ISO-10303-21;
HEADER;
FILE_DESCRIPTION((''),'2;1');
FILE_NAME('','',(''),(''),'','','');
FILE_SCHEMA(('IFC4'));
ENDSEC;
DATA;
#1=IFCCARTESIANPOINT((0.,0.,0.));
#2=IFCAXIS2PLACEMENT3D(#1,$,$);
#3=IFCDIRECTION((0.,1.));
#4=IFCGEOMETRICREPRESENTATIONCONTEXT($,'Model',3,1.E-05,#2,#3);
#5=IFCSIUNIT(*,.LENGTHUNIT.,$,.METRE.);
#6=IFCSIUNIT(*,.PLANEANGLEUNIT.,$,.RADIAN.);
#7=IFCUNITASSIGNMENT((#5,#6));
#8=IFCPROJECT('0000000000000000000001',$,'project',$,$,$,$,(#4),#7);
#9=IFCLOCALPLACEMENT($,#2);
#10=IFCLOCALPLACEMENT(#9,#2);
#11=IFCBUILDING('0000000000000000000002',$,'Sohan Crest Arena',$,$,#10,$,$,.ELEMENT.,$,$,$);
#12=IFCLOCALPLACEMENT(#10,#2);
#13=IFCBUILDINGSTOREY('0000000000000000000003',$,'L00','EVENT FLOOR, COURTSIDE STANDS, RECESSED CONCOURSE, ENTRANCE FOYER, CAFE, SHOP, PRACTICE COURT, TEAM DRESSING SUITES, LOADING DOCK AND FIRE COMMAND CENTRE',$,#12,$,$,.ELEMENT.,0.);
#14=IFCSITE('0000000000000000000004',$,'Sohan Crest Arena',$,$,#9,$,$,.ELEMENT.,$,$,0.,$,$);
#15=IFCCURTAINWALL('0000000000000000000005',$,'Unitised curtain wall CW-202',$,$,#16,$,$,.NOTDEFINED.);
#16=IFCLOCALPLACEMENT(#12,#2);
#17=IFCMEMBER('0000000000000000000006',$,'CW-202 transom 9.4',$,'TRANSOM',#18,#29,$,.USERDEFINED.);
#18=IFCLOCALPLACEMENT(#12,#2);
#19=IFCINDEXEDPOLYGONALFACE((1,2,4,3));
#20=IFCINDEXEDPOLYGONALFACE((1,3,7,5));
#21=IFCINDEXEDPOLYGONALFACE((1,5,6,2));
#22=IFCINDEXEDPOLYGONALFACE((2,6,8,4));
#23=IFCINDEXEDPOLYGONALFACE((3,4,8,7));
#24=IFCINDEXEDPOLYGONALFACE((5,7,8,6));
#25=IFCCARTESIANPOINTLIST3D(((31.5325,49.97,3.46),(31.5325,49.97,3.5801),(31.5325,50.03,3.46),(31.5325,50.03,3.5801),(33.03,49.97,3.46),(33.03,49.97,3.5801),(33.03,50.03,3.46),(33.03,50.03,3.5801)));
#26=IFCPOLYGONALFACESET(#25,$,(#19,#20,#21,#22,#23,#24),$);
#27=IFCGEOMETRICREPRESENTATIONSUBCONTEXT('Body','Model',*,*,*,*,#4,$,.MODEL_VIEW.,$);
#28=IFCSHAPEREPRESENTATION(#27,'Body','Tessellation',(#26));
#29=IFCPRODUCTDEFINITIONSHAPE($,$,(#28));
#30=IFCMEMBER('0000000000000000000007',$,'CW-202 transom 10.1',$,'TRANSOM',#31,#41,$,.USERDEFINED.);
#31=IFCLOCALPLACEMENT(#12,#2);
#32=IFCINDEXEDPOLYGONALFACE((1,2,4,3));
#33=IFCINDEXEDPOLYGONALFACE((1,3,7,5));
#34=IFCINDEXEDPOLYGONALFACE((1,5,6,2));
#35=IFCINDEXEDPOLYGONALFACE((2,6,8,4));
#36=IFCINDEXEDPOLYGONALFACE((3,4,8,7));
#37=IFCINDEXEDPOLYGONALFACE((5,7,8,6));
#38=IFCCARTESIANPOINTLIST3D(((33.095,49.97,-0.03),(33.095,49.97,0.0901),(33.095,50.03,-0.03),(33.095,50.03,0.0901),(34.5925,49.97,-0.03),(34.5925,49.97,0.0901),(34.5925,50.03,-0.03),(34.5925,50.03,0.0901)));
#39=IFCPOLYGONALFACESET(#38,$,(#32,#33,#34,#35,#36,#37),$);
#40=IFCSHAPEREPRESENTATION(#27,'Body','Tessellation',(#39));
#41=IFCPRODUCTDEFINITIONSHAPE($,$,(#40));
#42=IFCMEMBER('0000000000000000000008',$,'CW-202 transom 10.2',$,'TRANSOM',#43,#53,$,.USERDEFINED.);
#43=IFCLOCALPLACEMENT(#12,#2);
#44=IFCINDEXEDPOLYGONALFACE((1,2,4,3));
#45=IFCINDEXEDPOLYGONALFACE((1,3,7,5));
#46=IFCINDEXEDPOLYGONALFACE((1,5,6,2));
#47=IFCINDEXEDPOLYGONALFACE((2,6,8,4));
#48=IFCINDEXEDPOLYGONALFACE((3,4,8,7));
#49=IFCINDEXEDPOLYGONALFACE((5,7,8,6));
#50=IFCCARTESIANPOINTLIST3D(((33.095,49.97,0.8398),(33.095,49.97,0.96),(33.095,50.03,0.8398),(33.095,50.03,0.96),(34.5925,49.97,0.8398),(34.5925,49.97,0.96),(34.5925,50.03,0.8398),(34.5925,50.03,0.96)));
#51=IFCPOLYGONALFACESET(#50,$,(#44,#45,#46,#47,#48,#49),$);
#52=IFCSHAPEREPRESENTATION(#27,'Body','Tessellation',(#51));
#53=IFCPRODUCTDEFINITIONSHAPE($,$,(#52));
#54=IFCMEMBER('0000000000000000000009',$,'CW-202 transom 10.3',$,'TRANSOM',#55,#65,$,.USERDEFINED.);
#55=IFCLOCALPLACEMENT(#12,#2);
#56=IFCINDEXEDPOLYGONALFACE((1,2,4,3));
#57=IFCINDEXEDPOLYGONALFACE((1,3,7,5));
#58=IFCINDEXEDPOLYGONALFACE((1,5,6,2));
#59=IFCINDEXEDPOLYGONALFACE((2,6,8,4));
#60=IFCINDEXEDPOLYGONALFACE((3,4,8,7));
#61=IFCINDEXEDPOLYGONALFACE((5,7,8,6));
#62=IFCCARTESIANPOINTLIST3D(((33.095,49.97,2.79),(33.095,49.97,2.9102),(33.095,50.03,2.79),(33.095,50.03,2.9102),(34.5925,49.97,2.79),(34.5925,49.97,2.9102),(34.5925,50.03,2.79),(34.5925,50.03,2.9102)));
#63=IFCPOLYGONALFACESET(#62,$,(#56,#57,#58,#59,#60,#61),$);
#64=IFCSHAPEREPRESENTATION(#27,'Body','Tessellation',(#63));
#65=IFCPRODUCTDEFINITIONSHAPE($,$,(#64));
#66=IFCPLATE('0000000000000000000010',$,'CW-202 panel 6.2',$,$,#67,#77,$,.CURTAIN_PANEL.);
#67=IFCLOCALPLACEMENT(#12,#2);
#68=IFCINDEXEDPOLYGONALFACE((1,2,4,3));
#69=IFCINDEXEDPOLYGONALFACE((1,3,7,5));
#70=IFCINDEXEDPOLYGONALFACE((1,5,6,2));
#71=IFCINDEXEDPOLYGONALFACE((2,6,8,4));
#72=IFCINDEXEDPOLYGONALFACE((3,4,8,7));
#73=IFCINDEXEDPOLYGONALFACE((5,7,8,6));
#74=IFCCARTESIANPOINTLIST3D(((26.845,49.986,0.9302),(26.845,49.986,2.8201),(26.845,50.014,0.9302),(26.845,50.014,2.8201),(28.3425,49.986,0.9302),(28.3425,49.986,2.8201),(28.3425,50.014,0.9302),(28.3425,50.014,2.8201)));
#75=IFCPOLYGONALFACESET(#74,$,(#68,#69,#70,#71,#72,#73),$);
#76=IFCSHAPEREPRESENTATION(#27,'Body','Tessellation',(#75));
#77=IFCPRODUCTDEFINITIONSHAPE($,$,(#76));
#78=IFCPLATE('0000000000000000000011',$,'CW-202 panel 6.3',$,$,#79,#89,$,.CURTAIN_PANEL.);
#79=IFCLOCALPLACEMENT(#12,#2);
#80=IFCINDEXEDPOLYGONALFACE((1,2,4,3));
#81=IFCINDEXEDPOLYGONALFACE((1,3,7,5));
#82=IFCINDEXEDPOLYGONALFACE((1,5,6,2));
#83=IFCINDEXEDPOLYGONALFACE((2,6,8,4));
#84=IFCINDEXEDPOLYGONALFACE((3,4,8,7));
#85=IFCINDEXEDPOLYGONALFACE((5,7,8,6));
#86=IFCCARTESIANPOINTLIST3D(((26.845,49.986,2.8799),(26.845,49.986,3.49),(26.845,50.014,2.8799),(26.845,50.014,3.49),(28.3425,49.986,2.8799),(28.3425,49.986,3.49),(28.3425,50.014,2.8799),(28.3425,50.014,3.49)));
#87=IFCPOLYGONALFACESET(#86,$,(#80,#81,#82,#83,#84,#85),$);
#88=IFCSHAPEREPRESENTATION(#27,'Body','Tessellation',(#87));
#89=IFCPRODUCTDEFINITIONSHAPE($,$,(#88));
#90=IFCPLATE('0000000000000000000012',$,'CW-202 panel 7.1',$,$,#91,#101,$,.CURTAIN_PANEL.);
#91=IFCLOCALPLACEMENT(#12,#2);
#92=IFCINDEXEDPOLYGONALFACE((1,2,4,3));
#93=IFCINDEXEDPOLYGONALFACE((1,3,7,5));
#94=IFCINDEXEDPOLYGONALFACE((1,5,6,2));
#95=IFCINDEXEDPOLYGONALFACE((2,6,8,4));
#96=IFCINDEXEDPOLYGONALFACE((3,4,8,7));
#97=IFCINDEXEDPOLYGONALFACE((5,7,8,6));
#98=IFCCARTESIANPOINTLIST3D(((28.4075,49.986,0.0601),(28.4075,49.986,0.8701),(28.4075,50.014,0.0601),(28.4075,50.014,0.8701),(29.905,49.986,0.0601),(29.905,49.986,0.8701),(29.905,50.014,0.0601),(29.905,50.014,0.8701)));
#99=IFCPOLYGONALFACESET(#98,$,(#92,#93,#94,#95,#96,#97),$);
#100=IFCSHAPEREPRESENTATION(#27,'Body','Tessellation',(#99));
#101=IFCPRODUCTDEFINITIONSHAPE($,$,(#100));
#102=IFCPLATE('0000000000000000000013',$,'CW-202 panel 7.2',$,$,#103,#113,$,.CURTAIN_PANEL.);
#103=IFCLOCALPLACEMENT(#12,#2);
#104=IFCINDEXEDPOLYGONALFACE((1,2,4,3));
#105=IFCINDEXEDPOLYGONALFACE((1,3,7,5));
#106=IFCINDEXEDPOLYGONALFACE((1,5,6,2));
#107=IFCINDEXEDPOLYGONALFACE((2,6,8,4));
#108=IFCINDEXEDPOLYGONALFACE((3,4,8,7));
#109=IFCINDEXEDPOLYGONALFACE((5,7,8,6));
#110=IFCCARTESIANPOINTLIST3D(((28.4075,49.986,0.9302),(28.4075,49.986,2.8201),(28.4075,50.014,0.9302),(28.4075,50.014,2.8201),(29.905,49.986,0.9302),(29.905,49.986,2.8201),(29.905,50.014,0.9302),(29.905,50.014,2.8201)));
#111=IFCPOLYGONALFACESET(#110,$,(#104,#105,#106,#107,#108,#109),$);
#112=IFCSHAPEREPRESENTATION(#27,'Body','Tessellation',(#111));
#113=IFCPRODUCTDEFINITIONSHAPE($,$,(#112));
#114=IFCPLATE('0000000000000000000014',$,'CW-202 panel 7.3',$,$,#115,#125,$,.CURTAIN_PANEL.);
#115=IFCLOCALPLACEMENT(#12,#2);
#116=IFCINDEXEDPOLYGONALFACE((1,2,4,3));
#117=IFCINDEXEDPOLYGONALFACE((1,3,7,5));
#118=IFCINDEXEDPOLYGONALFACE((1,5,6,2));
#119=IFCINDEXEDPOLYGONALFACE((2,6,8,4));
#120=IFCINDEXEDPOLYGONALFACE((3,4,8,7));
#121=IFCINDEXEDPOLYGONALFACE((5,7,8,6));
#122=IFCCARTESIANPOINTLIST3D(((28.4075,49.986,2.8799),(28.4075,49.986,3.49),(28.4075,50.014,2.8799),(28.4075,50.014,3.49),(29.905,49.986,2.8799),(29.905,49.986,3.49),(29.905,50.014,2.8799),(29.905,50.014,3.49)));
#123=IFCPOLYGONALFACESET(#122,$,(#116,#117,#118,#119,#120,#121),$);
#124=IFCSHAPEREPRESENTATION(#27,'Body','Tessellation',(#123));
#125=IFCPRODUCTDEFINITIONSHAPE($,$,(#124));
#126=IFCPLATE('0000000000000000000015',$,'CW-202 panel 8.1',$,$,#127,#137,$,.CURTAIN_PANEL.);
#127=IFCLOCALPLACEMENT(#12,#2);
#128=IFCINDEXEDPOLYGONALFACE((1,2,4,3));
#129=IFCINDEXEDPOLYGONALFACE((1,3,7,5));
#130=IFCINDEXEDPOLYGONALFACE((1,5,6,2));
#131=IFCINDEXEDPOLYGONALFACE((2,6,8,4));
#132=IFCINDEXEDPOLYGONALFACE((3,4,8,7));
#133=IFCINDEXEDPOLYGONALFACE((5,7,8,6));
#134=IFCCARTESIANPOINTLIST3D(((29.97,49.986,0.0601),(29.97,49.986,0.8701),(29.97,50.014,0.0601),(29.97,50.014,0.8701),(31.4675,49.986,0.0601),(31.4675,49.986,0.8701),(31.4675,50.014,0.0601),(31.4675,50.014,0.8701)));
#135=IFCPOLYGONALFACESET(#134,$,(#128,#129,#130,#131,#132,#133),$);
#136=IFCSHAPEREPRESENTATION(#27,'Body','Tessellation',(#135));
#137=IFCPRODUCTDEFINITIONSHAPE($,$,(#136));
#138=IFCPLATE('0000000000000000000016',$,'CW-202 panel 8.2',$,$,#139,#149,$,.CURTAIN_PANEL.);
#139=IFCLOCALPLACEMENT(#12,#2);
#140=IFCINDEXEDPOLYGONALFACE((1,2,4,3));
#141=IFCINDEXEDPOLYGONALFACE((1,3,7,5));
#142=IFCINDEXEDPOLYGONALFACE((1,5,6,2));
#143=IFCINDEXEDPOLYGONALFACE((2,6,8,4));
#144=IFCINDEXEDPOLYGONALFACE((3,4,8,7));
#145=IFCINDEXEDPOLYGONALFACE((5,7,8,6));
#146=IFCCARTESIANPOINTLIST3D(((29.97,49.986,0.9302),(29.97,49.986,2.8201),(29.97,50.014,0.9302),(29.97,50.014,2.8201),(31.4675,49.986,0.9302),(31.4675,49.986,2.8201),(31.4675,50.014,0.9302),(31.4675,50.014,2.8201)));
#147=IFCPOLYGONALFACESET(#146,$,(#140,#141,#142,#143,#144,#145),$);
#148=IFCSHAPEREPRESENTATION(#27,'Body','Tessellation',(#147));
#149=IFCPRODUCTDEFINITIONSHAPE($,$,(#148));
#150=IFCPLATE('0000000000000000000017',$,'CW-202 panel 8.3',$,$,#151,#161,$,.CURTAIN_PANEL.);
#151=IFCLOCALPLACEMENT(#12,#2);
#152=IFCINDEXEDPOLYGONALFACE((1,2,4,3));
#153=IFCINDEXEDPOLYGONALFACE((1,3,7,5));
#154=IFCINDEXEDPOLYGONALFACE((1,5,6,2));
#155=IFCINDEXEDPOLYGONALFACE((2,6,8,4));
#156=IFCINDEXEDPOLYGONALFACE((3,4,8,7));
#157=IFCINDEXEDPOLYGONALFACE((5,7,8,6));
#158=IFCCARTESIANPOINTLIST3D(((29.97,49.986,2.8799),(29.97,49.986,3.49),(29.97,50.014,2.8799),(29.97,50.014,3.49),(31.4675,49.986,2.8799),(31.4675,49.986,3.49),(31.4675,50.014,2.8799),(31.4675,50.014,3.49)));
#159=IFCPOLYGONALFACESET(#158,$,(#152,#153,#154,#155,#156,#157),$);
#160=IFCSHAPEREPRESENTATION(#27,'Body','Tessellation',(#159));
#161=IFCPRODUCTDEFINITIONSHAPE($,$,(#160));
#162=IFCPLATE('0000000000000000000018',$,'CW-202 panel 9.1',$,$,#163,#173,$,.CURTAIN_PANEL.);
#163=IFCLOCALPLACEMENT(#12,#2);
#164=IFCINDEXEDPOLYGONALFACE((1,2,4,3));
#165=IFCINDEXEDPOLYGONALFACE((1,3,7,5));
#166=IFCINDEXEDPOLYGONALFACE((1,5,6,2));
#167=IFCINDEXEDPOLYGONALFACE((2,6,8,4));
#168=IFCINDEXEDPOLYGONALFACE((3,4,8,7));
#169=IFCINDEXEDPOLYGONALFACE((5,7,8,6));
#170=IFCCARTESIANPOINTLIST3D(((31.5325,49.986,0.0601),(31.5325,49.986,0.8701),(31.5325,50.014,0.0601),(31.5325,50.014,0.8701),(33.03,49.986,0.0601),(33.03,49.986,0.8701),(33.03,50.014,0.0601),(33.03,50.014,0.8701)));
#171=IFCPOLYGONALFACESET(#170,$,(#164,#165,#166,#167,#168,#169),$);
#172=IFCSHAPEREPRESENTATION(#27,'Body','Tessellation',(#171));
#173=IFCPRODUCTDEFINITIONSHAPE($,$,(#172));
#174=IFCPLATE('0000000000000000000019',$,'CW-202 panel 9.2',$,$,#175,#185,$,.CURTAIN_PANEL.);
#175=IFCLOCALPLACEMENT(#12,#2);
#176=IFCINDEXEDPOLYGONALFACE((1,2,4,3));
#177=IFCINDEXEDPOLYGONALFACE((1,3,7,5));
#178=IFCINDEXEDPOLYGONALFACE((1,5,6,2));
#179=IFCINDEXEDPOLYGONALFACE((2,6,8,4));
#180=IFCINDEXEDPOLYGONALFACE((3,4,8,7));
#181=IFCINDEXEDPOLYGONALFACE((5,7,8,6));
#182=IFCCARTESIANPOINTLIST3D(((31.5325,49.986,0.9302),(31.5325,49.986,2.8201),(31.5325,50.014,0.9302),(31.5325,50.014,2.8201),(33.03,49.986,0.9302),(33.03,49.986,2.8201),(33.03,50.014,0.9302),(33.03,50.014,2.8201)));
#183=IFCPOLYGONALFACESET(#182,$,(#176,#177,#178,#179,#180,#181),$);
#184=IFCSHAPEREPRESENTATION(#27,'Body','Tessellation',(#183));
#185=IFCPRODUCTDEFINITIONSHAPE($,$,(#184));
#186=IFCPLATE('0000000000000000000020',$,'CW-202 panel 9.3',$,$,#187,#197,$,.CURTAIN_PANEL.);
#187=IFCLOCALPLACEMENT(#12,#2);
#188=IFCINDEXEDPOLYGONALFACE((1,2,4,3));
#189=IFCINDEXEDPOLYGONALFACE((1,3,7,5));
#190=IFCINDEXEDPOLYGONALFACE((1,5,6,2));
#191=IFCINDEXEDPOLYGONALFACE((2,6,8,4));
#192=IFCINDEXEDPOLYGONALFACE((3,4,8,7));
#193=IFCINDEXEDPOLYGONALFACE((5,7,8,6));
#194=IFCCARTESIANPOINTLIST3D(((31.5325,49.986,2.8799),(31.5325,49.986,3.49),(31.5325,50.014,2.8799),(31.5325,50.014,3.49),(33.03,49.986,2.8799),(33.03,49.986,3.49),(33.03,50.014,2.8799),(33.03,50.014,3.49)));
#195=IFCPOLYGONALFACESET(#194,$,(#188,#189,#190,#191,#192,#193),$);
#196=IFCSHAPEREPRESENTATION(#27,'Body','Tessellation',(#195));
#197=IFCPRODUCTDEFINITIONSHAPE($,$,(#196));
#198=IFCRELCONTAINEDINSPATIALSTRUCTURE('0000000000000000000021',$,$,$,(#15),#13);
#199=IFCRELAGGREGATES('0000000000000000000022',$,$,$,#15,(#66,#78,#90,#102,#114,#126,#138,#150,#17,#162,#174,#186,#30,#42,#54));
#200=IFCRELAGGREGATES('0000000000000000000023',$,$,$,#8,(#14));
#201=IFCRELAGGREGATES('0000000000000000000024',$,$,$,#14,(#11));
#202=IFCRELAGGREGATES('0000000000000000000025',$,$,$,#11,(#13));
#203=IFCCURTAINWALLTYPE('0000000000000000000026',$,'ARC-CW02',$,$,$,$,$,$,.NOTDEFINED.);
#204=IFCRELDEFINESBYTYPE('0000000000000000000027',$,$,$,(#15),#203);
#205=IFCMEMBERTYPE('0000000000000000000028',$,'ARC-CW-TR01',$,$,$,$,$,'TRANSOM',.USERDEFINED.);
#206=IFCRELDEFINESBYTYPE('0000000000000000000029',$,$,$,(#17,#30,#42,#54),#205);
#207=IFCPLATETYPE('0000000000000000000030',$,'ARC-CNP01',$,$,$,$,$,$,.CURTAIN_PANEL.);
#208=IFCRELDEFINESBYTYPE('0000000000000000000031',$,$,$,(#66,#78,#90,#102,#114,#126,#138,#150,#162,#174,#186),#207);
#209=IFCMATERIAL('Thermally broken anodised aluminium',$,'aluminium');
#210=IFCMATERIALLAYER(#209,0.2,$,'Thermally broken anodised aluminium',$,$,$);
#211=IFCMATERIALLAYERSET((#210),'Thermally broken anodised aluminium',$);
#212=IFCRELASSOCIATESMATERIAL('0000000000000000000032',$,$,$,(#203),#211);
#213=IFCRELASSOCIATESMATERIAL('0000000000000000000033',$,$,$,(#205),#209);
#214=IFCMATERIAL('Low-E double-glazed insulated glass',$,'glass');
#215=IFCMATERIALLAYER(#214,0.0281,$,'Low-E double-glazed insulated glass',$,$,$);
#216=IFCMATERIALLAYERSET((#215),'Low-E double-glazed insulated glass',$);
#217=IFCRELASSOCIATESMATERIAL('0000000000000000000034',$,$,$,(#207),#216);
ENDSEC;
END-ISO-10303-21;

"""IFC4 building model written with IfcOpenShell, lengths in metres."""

from ifc_helpers import new_model, si_unit, direction, frame, origin, origin_2d, place, context, subcontext, project, spatial, rectangle, extrude, material, layer, layer_set, material_profile, profile_set, type_object, element, aggregate, save


model = new_model("IFC4")

# Units and contexts
model_context = context("Model", 3, precision=1e-05, world=origin(), true_north=direction((0.0, 1.0)))
body_context = subcontext(model_context, "Body", "Model", "MODEL_VIEW")
ifc_project = project(units=[si_unit("LENGTHUNIT", "METRE"), si_unit("PLANEANGLEUNIT", "RADIAN")], contexts=[model_context])

# Site, building, storey
site_placement = place(None, origin())
site = spatial("IfcSite", under=ifc_project, at=site_placement, Name="Sohan Crest Arena", CompositionType="ELEMENT", RefElevation=0.0)
building_placement = place(site_placement, origin())
building = spatial("IfcBuilding", under=site, at=building_placement, Name="Sohan Crest Arena", CompositionType="ELEMENT")
storey_placement = place(building_placement, origin())
storey = spatial("IfcBuildingStorey", under=building, at=storey_placement, Name="L00", Description="EVENT FLOOR, COURTSIDE STANDS, RECESSED CONCOURSE, ENTRANCE FOYER, CAFE, SHOP, PRACTICE COURT, TEAM DRESSING SUITES, LOADING DOCK AND FIRE COMMAND CENTRE", CompositionType="ELEMENT", Elevation=0.0)

# Curtain wall, members, plates
ifc_material_1 = material(Name="Thermally broken anodised aluminium", Category="aluminium")
ifc_layer_1 = layer(ifc_material_1, 0.2, Name="Thermally broken anodised aluminium")
ifc_layer_set_1 = layer_set([ifc_layer_1], Name="Thermally broken anodised aluminium")
curtain_wall_type = type_object("IfcCurtainWallType", Name="ARC-CW02", PredefinedType="NOTDEFINED", material=ifc_layer_set_1)
curtain_wall_placement = place(storey_placement, origin())
curtain_wall = element("IfcCurtainWall", 1, at=curtain_wall_placement, inside=storey, type_object=curtain_wall_type, Name="Unitised curtain wall CW-202", PredefinedType="NOTDEFINED")
ifc_material_profile_1 = material_profile(ifc_material_1, rectangle(XDim=0.0601, YDim=0.1201, at=origin_2d()), Name="ALU-TRAN 60x120")
ifc_profile_set_1 = profile_set([ifc_material_profile_1], Name="Thermally broken anodised aluminium")
member_type_1 = type_object("IfcMemberType", Name="ARC-CW-TR01", ElementType="TRANSOM", PredefinedType="USERDEFINED", material=ifc_profile_set_1)
member_1_placement = place(storey_placement, frame((31.5325, 50.0, 3.52), z_axis=(1.0, 0.0, 0.0), x_axis=(0.0, 1.0, 0.0)))
member_1 = element("IfcMember", 2, at=member_1_placement, type_object=member_type_1, Name="CW-202 transom 9.4", ObjectType="TRANSOM", PredefinedType="USERDEFINED", context=body_context, shape_type="SweptSolid", body=[
    extrude(rectangle(XDim=0.0601, YDim=0.1201, at=origin_2d()), origin(), (0.0, 0.0, 1.0), 1.4976),
])
member_2_placement = place(storey_placement, frame((33.095, 50.0, 0.03), z_axis=(1.0, 0.0, 0.0), x_axis=(0.0, 1.0, 0.0)))
member_2 = element("IfcMember", 3, at=member_2_placement, type_object=member_type_1, Name="CW-202 transom 10.1", ObjectType="TRANSOM", PredefinedType="USERDEFINED", context=body_context, shape_type="SweptSolid", body=[
    extrude(rectangle(XDim=0.0601, YDim=0.1201, at=origin_2d()), origin(), (0.0, 0.0, 1.0), 1.4976),
])
member_3_placement = place(storey_placement, frame((33.095, 50.0, 0.8999), z_axis=(1.0, 0.0, 0.0), x_axis=(0.0, 1.0, 0.0)))
member_3 = element("IfcMember", 4, at=member_3_placement, type_object=member_type_1, Name="CW-202 transom 10.2", ObjectType="TRANSOM", PredefinedType="USERDEFINED", context=body_context, shape_type="SweptSolid", body=[
    extrude(rectangle(XDim=0.0601, YDim=0.1201, at=origin_2d()), origin(), (0.0, 0.0, 1.0), 1.4976),
])
member_4_placement = place(storey_placement, frame((33.095, 50.0, 2.8501), z_axis=(1.0, 0.0, 0.0), x_axis=(0.0, 1.0, 0.0)))
member_4 = element("IfcMember", 5, at=member_4_placement, type_object=member_type_1, Name="CW-202 transom 10.3", ObjectType="TRANSOM", PredefinedType="USERDEFINED", context=body_context, shape_type="SweptSolid", body=[
    extrude(rectangle(XDim=0.0601, YDim=0.1201, at=origin_2d()), origin(), (0.0, 0.0, 1.0), 1.4976),
])
ifc_material_2 = material(Name="Low-E double-glazed insulated glass", Category="glass")
ifc_layer_2 = layer(ifc_material_2, 0.0281, Name="Low-E double-glazed insulated glass")
ifc_layer_set_2 = layer_set([ifc_layer_2], Name="Low-E double-glazed insulated glass")
plate_type = type_object("IfcPlateType", Name="ARC-CNP01", PredefinedType="CURTAIN_PANEL", material=ifc_layer_set_2)
plate_1_placement = place(storey_placement, frame((27.5938, 50.0, 0.9302), z_axis=(0.0, 0.0, 1.0), x_axis=(1.0, 0.0, 0.0)))
plate_1 = element("IfcPlate", 6, at=plate_1_placement, type_object=plate_type, Name="CW-202 panel 6.2", PredefinedType="CURTAIN_PANEL", context=body_context, shape_type="SweptSolid", body=[
    extrude(rectangle(XDim=1.4976, YDim=0.0281, at=origin_2d()), origin(), (0.0, 0.0, 1.0), 1.8899),
])
plate_2_placement = place(storey_placement, frame((27.5938, 50.0, 2.8799), z_axis=(0.0, 0.0, 1.0), x_axis=(1.0, 0.0, 0.0)))
plate_2 = element("IfcPlate", 7, at=plate_2_placement, type_object=plate_type, Name="CW-202 panel 6.3", PredefinedType="CURTAIN_PANEL", context=body_context, shape_type="SweptSolid", body=[
    extrude(rectangle(XDim=1.4976, YDim=0.0281, at=origin_2d()), origin(), (0.0, 0.0, 1.0), 0.6101),
])
plate_3_placement = place(storey_placement, frame((29.1562, 50.0, 0.0601), z_axis=(0.0, 0.0, 1.0), x_axis=(1.0, 0.0, 0.0)))
plate_3 = element("IfcPlate", 8, at=plate_3_placement, type_object=plate_type, Name="CW-202 panel 7.1", PredefinedType="CURTAIN_PANEL", context=body_context, shape_type="SweptSolid", body=[
    extrude(rectangle(XDim=1.4976, YDim=0.0281, at=origin_2d()), origin(), (0.0, 0.0, 1.0), 0.8101),
])
plate_4_placement = place(storey_placement, frame((29.1562, 50.0, 0.9302), z_axis=(0.0, 0.0, 1.0), x_axis=(1.0, 0.0, 0.0)))
plate_4 = element("IfcPlate", 9, at=plate_4_placement, type_object=plate_type, Name="CW-202 panel 7.2", PredefinedType="CURTAIN_PANEL", context=body_context, shape_type="SweptSolid", body=[
    extrude(rectangle(XDim=1.4976, YDim=0.0281, at=origin_2d()), origin(), (0.0, 0.0, 1.0), 1.8899),
])
plate_5_placement = place(storey_placement, frame((29.1562, 50.0, 2.8799), z_axis=(0.0, 0.0, 1.0), x_axis=(1.0, 0.0, 0.0)))
plate_5 = element("IfcPlate", 10, at=plate_5_placement, type_object=plate_type, Name="CW-202 panel 7.3", PredefinedType="CURTAIN_PANEL", context=body_context, shape_type="SweptSolid", body=[
    extrude(rectangle(XDim=1.4976, YDim=0.0281, at=origin_2d()), origin(), (0.0, 0.0, 1.0), 0.6101),
])
plate_6_placement = place(storey_placement, frame((30.7188, 50.0, 0.0601), z_axis=(0.0, 0.0, 1.0), x_axis=(1.0, 0.0, 0.0)))
plate_6 = element("IfcPlate", 11, at=plate_6_placement, type_object=plate_type, Name="CW-202 panel 8.1", PredefinedType="CURTAIN_PANEL", context=body_context, shape_type="SweptSolid", body=[
    extrude(rectangle(XDim=1.4976, YDim=0.0281, at=origin_2d()), origin(), (0.0, 0.0, 1.0), 0.8101),
])
plate_7_placement = place(storey_placement, frame((30.7188, 50.0, 0.9302), z_axis=(0.0, 0.0, 1.0), x_axis=(1.0, 0.0, 0.0)))
plate_7 = element("IfcPlate", 12, at=plate_7_placement, type_object=plate_type, Name="CW-202 panel 8.2", PredefinedType="CURTAIN_PANEL", context=body_context, shape_type="SweptSolid", body=[
    extrude(rectangle(XDim=1.4976, YDim=0.0281, at=origin_2d()), origin(), (0.0, 0.0, 1.0), 1.8899),
])
plate_8_placement = place(storey_placement, frame((30.7188, 50.0, 2.8799), z_axis=(0.0, 0.0, 1.0), x_axis=(1.0, 0.0, 0.0)))
plate_8 = element("IfcPlate", 13, at=plate_8_placement, type_object=plate_type, Name="CW-202 panel 8.3", PredefinedType="CURTAIN_PANEL", context=body_context, shape_type="SweptSolid", body=[
    extrude(rectangle(XDim=1.4976, YDim=0.0281, at=origin_2d()), origin(), (0.0, 0.0, 1.0), 0.6101),
])
plate_9_placement = place(storey_placement, frame((32.2812, 50.0, 0.0601), z_axis=(0.0, 0.0, 1.0), x_axis=(1.0, 0.0, 0.0)))
plate_9 = element("IfcPlate", 14, at=plate_9_placement, type_object=plate_type, Name="CW-202 panel 9.1", PredefinedType="CURTAIN_PANEL", context=body_context, shape_type="SweptSolid", body=[
    extrude(rectangle(XDim=1.4976, YDim=0.0281, at=origin_2d()), origin(), (0.0, 0.0, 1.0), 0.8101),
])
plate_10_placement = place(storey_placement, frame((32.2812, 50.0, 0.9302), z_axis=(0.0, 0.0, 1.0), x_axis=(1.0, 0.0, 0.0)))
plate_10 = element("IfcPlate", 15, at=plate_10_placement, type_object=plate_type, Name="CW-202 panel 9.2", PredefinedType="CURTAIN_PANEL", context=body_context, shape_type="SweptSolid", body=[
    extrude(rectangle(XDim=1.4976, YDim=0.0281, at=origin_2d()), origin(), (0.0, 0.0, 1.0), 1.8899),
])
plate_11_placement = place(storey_placement, frame((32.2812, 50.0, 2.8799), z_axis=(0.0, 0.0, 1.0), x_axis=(1.0, 0.0, 0.0)))
plate_11 = element("IfcPlate", 16, at=plate_11_placement, type_object=plate_type, Name="CW-202 panel 9.3", PredefinedType="CURTAIN_PANEL", context=body_context, shape_type="SweptSolid", body=[
    extrude(rectangle(XDim=1.4976, YDim=0.0281, at=origin_2d()), origin(), (0.0, 0.0, 1.0), 0.6101),
])
aggregate(curtain_wall, [plate_1, plate_2, plate_3, plate_4, plate_5, plate_6, plate_7, plate_8, member_1, plate_9, plate_10, plate_11, member_2, member_3, member_4])

save(model, "model.ifc")
